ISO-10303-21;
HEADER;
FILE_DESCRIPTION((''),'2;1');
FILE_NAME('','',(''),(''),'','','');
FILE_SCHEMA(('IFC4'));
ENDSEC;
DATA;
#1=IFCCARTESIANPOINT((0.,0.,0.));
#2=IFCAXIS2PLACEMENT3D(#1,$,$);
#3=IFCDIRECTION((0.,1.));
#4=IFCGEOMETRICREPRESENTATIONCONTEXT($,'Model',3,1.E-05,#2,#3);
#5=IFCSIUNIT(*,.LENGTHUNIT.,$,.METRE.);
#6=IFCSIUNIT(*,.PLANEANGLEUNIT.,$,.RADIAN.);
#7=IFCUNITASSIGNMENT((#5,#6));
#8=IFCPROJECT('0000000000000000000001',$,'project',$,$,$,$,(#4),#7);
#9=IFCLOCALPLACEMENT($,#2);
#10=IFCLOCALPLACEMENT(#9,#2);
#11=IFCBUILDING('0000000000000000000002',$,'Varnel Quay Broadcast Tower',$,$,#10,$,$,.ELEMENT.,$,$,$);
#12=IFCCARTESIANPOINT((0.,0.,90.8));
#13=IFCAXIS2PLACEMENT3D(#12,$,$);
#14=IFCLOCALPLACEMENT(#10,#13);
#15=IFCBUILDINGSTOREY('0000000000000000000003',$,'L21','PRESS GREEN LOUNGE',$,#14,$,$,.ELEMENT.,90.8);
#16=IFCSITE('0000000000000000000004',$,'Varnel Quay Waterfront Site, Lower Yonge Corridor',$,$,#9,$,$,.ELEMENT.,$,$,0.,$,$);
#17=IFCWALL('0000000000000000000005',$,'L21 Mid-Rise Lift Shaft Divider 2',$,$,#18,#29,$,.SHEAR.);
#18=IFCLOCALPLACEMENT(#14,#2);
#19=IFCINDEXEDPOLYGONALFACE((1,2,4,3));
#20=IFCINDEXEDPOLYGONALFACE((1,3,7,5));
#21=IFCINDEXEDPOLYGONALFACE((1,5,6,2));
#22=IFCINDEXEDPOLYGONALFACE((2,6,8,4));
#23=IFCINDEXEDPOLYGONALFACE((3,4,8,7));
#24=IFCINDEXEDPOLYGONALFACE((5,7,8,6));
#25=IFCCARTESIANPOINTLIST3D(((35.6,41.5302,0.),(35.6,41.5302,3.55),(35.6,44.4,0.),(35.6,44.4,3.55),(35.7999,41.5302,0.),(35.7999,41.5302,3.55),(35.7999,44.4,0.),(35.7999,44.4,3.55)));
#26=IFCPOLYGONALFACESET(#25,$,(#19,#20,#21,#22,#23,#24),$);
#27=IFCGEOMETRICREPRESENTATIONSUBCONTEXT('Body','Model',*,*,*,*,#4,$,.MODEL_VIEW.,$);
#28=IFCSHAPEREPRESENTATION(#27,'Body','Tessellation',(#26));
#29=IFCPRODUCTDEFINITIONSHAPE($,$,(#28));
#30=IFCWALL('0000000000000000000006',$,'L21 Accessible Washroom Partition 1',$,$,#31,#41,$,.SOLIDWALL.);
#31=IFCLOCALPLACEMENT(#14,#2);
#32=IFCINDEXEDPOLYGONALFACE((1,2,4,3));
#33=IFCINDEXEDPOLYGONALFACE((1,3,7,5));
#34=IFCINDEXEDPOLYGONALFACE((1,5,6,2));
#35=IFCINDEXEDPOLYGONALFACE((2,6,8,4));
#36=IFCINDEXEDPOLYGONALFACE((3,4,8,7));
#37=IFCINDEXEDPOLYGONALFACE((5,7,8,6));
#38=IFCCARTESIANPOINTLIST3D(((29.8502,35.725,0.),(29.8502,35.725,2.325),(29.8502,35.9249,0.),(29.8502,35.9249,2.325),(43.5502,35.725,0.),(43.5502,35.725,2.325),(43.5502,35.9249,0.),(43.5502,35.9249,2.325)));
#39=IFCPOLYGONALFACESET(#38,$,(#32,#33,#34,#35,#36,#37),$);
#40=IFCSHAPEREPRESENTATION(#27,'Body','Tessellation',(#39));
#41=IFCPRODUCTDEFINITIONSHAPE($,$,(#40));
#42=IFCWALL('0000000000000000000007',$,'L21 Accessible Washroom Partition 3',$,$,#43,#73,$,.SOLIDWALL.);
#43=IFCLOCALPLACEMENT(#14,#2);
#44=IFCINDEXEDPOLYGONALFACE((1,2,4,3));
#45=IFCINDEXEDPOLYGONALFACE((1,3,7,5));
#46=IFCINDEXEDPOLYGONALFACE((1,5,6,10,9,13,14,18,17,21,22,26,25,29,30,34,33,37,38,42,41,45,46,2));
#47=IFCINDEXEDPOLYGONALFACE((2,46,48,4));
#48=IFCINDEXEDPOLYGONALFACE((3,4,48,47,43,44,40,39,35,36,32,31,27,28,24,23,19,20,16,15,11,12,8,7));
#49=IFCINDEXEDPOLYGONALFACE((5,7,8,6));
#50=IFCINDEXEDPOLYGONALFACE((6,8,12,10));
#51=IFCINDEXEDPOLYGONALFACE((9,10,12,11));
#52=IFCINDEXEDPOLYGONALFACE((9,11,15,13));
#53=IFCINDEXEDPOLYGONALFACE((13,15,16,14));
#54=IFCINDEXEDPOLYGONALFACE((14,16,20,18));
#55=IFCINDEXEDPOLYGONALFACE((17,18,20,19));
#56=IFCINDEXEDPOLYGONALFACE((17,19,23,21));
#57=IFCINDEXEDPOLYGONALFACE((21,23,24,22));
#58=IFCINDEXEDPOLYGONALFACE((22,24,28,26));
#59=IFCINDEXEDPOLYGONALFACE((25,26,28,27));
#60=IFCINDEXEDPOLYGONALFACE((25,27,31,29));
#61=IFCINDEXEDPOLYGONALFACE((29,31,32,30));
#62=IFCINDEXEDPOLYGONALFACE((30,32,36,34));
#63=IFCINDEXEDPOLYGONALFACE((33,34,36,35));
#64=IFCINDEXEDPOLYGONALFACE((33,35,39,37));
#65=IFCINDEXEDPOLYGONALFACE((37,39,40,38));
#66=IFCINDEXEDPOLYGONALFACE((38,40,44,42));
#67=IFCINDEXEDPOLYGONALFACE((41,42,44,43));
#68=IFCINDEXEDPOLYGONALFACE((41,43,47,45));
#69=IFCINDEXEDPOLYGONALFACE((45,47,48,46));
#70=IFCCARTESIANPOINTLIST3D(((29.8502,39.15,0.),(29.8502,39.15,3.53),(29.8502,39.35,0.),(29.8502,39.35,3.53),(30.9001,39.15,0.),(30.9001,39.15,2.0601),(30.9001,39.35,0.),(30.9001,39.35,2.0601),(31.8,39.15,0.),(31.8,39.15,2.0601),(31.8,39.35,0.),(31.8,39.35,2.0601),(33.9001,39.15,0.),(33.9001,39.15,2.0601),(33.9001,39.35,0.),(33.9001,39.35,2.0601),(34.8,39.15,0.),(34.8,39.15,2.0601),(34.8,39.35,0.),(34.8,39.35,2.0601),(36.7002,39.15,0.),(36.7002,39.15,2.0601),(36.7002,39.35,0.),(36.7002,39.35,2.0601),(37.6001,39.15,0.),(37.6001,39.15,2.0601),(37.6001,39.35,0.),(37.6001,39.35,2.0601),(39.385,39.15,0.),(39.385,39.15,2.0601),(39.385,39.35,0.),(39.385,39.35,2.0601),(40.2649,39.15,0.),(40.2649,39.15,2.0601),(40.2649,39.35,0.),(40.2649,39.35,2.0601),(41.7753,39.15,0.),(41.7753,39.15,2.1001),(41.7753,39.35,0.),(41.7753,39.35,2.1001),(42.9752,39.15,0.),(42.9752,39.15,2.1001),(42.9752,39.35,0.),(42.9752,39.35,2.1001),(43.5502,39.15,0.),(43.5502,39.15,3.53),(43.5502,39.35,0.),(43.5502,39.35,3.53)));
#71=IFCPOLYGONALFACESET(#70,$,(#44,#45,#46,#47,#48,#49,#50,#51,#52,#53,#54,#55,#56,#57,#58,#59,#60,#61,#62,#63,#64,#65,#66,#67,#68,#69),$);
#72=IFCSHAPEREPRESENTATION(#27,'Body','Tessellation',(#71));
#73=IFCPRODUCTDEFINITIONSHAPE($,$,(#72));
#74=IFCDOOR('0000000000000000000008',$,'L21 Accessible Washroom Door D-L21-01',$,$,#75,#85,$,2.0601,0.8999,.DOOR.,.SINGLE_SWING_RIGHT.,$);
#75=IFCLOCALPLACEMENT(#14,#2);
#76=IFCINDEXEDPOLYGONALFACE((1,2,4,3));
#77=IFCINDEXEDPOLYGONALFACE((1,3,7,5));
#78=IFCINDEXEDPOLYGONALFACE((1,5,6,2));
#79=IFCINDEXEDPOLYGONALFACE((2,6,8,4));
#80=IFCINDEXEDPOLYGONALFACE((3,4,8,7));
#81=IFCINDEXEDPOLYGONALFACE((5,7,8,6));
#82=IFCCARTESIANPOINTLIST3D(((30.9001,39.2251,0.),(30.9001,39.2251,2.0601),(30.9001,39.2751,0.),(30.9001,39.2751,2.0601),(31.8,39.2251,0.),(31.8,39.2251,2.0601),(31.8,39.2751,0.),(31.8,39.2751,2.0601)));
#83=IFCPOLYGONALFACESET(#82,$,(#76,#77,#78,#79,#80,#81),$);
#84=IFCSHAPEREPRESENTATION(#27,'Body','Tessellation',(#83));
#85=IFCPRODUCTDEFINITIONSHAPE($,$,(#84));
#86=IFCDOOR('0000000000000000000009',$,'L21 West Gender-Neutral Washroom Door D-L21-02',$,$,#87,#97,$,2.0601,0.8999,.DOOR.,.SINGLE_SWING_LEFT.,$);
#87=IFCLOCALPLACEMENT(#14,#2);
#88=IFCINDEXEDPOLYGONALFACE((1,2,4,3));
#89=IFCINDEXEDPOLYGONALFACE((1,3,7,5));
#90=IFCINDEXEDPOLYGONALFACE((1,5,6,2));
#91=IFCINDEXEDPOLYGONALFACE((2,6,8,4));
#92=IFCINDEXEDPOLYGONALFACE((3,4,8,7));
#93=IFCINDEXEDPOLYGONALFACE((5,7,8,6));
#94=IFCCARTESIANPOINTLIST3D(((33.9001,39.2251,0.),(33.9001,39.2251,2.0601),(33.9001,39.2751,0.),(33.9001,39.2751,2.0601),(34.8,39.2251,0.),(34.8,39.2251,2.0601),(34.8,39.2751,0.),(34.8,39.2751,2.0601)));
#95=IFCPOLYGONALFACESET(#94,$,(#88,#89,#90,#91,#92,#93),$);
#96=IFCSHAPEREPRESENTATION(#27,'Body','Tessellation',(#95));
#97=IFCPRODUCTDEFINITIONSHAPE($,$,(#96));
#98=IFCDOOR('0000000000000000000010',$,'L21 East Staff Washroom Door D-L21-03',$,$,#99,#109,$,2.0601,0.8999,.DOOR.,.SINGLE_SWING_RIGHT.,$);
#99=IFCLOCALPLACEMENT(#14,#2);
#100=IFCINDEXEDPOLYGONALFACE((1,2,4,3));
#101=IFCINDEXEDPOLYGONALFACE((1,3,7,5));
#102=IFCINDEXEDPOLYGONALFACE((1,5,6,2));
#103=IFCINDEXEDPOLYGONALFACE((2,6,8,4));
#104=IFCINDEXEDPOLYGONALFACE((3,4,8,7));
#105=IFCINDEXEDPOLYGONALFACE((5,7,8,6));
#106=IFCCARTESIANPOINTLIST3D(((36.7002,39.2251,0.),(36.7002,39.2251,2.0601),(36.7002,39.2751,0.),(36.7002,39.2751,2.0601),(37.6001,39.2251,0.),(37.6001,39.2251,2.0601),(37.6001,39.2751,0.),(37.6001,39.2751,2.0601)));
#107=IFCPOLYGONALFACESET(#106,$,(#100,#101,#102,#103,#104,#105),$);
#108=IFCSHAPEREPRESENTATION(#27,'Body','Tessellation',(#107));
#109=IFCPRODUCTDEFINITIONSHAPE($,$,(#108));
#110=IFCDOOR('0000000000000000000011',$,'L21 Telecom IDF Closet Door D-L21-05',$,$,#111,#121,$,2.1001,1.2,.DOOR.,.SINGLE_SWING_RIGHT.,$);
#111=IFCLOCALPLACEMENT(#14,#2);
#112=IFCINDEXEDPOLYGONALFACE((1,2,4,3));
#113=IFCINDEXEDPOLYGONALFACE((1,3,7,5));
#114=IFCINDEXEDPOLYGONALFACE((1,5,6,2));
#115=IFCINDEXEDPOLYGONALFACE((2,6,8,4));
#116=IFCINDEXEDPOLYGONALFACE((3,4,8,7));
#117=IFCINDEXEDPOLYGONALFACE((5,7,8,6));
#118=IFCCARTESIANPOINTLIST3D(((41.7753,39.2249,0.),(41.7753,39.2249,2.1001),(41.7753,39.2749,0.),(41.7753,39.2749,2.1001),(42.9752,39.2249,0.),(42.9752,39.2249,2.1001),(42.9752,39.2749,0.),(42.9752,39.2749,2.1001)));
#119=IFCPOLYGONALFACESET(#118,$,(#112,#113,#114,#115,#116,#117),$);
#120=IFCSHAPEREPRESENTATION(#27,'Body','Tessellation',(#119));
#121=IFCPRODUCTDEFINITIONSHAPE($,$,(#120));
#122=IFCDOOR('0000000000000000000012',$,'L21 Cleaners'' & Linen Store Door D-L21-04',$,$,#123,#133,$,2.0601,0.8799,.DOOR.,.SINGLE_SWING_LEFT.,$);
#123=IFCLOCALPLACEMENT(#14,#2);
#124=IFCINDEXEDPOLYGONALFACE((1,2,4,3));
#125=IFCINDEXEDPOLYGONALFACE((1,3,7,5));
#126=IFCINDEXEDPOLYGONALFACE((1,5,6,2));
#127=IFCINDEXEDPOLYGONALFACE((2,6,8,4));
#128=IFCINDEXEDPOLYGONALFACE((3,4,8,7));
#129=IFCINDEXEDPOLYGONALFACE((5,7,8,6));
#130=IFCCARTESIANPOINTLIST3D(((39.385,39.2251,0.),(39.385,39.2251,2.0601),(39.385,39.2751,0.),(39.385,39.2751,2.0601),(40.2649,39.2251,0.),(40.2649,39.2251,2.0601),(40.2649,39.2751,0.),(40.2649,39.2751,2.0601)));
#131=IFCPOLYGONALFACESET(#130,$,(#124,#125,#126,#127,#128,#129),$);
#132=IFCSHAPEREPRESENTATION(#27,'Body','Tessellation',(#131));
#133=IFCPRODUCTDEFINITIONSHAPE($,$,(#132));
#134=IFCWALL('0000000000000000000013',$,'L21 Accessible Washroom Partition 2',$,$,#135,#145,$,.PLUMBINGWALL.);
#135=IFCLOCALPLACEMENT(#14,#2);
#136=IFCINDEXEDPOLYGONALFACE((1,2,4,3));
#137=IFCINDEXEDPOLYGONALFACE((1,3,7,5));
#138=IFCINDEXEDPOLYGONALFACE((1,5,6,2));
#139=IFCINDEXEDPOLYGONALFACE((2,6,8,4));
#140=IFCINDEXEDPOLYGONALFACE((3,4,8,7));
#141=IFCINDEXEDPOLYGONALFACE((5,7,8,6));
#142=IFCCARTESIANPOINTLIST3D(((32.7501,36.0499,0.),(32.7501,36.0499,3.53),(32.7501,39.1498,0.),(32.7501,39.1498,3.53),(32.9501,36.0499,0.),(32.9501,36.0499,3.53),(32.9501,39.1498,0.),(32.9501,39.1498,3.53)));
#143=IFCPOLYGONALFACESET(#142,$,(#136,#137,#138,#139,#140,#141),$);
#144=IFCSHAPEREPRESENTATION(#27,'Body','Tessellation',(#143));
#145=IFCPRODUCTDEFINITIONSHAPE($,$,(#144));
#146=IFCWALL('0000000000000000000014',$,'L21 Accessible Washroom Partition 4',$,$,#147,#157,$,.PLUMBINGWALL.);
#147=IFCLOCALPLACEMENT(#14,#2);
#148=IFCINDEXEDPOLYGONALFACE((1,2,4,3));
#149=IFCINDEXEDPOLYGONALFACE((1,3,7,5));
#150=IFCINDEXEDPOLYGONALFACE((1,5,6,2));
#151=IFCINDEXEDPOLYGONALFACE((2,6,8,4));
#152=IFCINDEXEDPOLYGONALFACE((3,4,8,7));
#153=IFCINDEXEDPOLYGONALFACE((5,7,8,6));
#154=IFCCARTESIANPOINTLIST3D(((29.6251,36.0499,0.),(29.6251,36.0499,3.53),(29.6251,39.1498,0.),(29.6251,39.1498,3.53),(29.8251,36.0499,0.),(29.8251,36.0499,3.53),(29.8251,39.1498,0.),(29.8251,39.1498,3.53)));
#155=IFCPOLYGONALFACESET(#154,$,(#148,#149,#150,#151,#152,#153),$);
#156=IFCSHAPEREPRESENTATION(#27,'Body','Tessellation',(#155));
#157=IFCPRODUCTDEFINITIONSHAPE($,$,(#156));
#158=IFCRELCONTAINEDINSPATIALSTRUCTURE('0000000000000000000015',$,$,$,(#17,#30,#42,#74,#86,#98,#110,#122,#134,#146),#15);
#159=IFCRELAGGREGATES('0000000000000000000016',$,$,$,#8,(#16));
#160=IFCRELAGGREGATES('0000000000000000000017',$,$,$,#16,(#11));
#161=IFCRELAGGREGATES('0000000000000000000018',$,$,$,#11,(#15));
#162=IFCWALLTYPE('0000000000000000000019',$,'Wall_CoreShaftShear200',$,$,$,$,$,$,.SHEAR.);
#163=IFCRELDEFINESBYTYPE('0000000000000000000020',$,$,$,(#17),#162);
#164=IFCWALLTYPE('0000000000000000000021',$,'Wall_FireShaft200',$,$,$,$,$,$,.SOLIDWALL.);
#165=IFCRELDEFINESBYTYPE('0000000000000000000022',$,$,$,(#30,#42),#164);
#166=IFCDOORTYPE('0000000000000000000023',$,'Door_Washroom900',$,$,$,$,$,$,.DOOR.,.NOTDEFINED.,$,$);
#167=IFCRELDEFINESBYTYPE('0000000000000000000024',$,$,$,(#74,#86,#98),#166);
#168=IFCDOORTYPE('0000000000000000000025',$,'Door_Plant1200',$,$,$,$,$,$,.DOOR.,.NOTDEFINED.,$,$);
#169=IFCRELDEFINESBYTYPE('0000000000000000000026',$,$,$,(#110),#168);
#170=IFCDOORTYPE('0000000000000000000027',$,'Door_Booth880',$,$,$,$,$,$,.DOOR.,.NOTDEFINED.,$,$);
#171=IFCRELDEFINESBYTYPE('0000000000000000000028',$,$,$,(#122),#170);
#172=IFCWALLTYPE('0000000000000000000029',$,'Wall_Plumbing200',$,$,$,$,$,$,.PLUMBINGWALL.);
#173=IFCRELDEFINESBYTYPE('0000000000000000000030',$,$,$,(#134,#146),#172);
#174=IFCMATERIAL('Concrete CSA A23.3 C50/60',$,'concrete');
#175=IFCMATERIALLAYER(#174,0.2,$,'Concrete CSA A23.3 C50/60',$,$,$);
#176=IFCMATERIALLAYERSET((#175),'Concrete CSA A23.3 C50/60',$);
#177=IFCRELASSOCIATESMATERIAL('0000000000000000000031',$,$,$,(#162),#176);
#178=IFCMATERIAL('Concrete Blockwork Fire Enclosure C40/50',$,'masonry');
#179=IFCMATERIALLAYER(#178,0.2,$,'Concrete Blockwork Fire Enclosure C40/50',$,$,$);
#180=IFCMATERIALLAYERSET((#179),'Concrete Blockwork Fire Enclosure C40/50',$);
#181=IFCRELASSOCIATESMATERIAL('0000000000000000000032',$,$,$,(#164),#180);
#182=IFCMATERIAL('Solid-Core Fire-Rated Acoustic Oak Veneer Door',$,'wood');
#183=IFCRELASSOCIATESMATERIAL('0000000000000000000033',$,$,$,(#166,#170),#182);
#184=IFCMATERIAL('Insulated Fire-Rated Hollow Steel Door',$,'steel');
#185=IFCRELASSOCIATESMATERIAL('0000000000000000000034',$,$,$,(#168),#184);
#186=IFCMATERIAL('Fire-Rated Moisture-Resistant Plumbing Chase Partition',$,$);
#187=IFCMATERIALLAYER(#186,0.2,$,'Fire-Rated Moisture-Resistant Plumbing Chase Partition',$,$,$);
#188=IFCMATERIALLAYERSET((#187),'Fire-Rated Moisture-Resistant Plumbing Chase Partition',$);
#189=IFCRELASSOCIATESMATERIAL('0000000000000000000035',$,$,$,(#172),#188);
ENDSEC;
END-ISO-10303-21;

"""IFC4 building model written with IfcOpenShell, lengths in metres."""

from ifc_helpers import new_model, si_unit, direction, frame, frame_2d, origin, place, context, subcontext, project, spatial, rectangle, extrude, source, transform, mapped, material, layer, layer_set, type_object, type_shapes, element, fill, save


model = new_model("IFC4")

# Units and contexts
model_context = context("Model", 3, precision=1e-05, world=origin(), true_north=direction((0.0, 1.0)))
body_context = subcontext(model_context, "Body", "Model", "MODEL_VIEW")
ifc_project = project(units=[si_unit("LENGTHUNIT", "METRE"), si_unit("PLANEANGLEUNIT", "RADIAN")], contexts=[model_context])

# Site, building, storey
site_placement = place(None, origin())
site = spatial("IfcSite", under=ifc_project, at=site_placement, Name="Varnel Quay Waterfront Site, Lower Yonge Corridor", CompositionType="ELEMENT", RefElevation=0.0)
building_placement = place(site_placement, origin())
building = spatial("IfcBuilding", under=site, at=building_placement, Name="Varnel Quay Broadcast Tower", CompositionType="ELEMENT")
storey_placement = place(building_placement, frame((0.0, 0.0, 90.8)))
storey = spatial("IfcBuildingStorey", under=building, at=storey_placement, Name="L21", Description="PRESS GREEN LOUNGE", CompositionType="ELEMENT", Elevation=90.8)

# Walls
ifc_material_1 = material(Name="Concrete CSA A23.3 C50/60", Category="concrete")
ifc_layer_1 = layer(ifc_material_1, 0.2, Name="Concrete CSA A23.3 C50/60")
ifc_layer_set_1 = layer_set([ifc_layer_1], Name="Concrete CSA A23.3 C50/60")
wall_type_1 = type_object("IfcWallType", Name="Wall_CoreShaftShear200", PredefinedType="SHEAR", material=ifc_layer_set_1)
wall_1_placement = place(storey_placement, frame((35.7, 41.53, 0.0), z_axis=(0.0, 0.0, 1.0), x_axis=(0.0, 1.0, 0.0)))
element("IfcWall", 1, at=wall_1_placement, inside=storey, type_object=wall_type_1, Name="L21 Mid-Rise Lift Shaft Divider 2", PredefinedType="SHEAR", context=body_context, shape_type="SweptSolid", body=[
    extrude(rectangle(XDim=2.8699, YDim=0.2, at=frame_2d((1.4351, 0.0))), origin(), (0.0, 0.0, 1.0), 3.55),
])
ifc_material_2 = material(Name="Concrete Blockwork Fire Enclosure C40/50", Category="masonry")
ifc_layer_2 = layer(ifc_material_2, 0.2, Name="Concrete Blockwork Fire Enclosure C40/50")
ifc_layer_set_2 = layer_set([ifc_layer_2], Name="Concrete Blockwork Fire Enclosure C40/50")
wall_type_2 = type_object("IfcWallType", Name="Wall_FireShaft200", PredefinedType="SOLIDWALL", material=ifc_layer_set_2)
wall_2_placement = place(storey_placement, frame((29.8501, 35.825, 0.0), z_axis=(0.0, 0.0, 1.0), x_axis=(1.0, 0.0, 0.0)))
element("IfcWall", 2, at=wall_2_placement, inside=storey, type_object=wall_type_2, Name="L21 Accessible Washroom Partition 1", PredefinedType="SOLIDWALL", context=body_context, shape_type="SweptSolid", body=[
    extrude(rectangle(XDim=13.7, YDim=0.2, at=frame_2d((6.8501, 0.0))), origin(), (0.0, 0.0, 1.0), 2.325),
])

# Wall, openings, doors
wall_3_placement = place(storey_placement, frame((29.8501, 39.25, 0.0), z_axis=(0.0, 0.0, 1.0), x_axis=(1.0, 0.0, 0.0)))
wall_3 = element("IfcWall", 3, at=wall_3_placement, inside=storey, type_object=wall_type_2, Name="L21 Accessible Washroom Partition 3", PredefinedType="SOLIDWALL", context=body_context, shape_type="SweptSolid", body=[
    extrude(rectangle(XDim=13.7, YDim=0.2, at=frame_2d((6.8501, 0.0))), origin(), (0.0, 0.0, 1.0), 3.53),
])
opening_1_placement = place(wall_3_placement, frame((1.05, 0.0, 0.0)))
opening_1 = element("IfcOpeningElement", 4, at=opening_1_placement, cuts=wall_3, PredefinedType="OPENING", context=body_context, shape_type="SweptSolid", body=[
    extrude(rectangle(XDim=0.8999, YDim=2.0601, at=frame_2d((0.45, 1.03))), frame((0.0, 0.1099, 0.0), z_axis=(0.0, -1.0, 0.0), x_axis=(1.0, 0.0, 0.0)), (0.0, 0.0, 1.0), 0.22),
])
opening_2_placement = place(wall_3_placement, frame((4.05, 0.0, 0.0)))
opening_2 = element("IfcOpeningElement", 5, at=opening_2_placement, cuts=wall_3, PredefinedType="OPENING", context=body_context, shape_type="SweptSolid", body=[
    extrude(rectangle(XDim=0.8999, YDim=2.0601, at=frame_2d((0.45, 1.03))), frame((0.0, 0.1099, 0.0), z_axis=(0.0, -1.0, 0.0), x_axis=(1.0, 0.0, 0.0)), (0.0, 0.0, 1.0), 0.22),
])
opening_3_placement = place(wall_3_placement, frame((6.8501, 0.0, 0.0)))
opening_3 = element("IfcOpeningElement", 6, at=opening_3_placement, cuts=wall_3, PredefinedType="OPENING", context=body_context, shape_type="SweptSolid", body=[
    extrude(rectangle(XDim=0.8999, YDim=2.0601, at=frame_2d((0.45, 1.03))), frame((0.0, 0.1099, 0.0), z_axis=(0.0, -1.0, 0.0), x_axis=(1.0, 0.0, 0.0)), (0.0, 0.0, 1.0), 0.22),
])
opening_4_placement = place(wall_3_placement, frame((9.5349, 0.0, 0.0)))
opening_4 = element("IfcOpeningElement", 7, at=opening_4_placement, cuts=wall_3, PredefinedType="OPENING", context=body_context, shape_type="SweptSolid", body=[
    extrude(rectangle(XDim=0.8799, YDim=2.0601, at=frame_2d((0.4399, 1.03))), frame((0.0, 0.1099, 0.0), z_axis=(0.0, -1.0, 0.0), x_axis=(1.0, 0.0, 0.0)), (0.0, 0.0, 1.0), 0.22),
])
opening_5_placement = place(wall_3_placement, frame((11.925, 0.0, 0.0)))
opening_5 = element("IfcOpeningElement", 8, at=opening_5_placement, cuts=wall_3, PredefinedType="OPENING", context=body_context, shape_type="SweptSolid", body=[
    extrude(rectangle(XDim=1.2, YDim=2.1001, at=frame_2d((0.6001, 1.05))), frame((0.0, 0.1099, 0.0), z_axis=(0.0, -1.0, 0.0), x_axis=(1.0, 0.0, 0.0)), (0.0, 0.0, 1.0), 0.22),
])
ifc_material_3 = material(Name="Solid-Core Fire-Rated Acoustic Oak Veneer Door", Category="wood")
door_type_1 = type_object("IfcDoorType", Name="Door_Washroom900", OperationType="NOTDEFINED", PredefinedType="DOOR", material=ifc_material_3)
shared_shape_1 = source(origin(), body_context, "Body", "SweptSolid", [
    extrude(rectangle(XDim=0.8999, YDim=2.0601, at=frame_2d((0.45, 1.03))), frame((0.0, 0.0249, 0.0), z_axis=(0.0, -1.0, 0.0), x_axis=(1.0, 0.0, 0.0)), (0.0, 0.0, 1.0), 0.05),
])
type_shapes(door_type_1, [shared_shape_1])
door_1_placement = place(opening_1_placement, frame((0.8999, 0.0, 0.0), z_axis=(0.0, 0.0, 1.0), x_axis=(-1.0, 0.0, 0.0)))
door_1 = element("IfcDoor", 9, at=door_1_placement, inside=storey, type_object=door_type_1, Name="L21 Accessible Washroom Door D-L21-01", OperationType="SINGLE_SWING_RIGHT", OverallHeight=2.0601, OverallWidth=0.8999, PredefinedType="DOOR", context=body_context, shape_type="MappedRepresentation", body=[
    mapped(shared_shape_1, transform((0.0, 0.0, 0.0), x_axis=(1.0, 0.0, 0.0), y_axis=(0.0, 1.0, 0.0), z_axis=(0.0, 0.0, 1.0), scale=1.0)),
])
fill(opening_1, door_1)
door_2_placement = place(opening_2_placement, frame((0.8999, 0.0, 0.0), z_axis=(0.0, 0.0, 1.0), x_axis=(-1.0, 0.0, 0.0)))
door_2 = element("IfcDoor", 10, at=door_2_placement, inside=storey, type_object=door_type_1, Name="L21 West Gender-Neutral Washroom Door D-L21-02", OperationType="SINGLE_SWING_LEFT", OverallHeight=2.0601, OverallWidth=0.8999, PredefinedType="DOOR", context=body_context, shape_type="MappedRepresentation", body=[
    mapped(shared_shape_1, transform((0.0, 0.0, 0.0), x_axis=(1.0, 0.0, 0.0), y_axis=(0.0, 1.0, 0.0), z_axis=(0.0, 0.0, 1.0), scale=1.0)),
])
fill(opening_2, door_2)
door_3_placement = place(opening_3_placement, frame((0.8999, 0.0, 0.0), z_axis=(0.0, 0.0, 1.0), x_axis=(-1.0, 0.0, 0.0)))
door_3 = element("IfcDoor", 11, at=door_3_placement, inside=storey, type_object=door_type_1, Name="L21 East Staff Washroom Door D-L21-03", OperationType="SINGLE_SWING_RIGHT", OverallHeight=2.0601, OverallWidth=0.8999, PredefinedType="DOOR", context=body_context, shape_type="MappedRepresentation", body=[
    mapped(shared_shape_1, transform((0.0, 0.0, 0.0), x_axis=(1.0, 0.0, 0.0), y_axis=(0.0, 1.0, 0.0), z_axis=(0.0, 0.0, 1.0), scale=1.0)),
])
fill(opening_3, door_3)
ifc_material_4 = material(Name="Insulated Fire-Rated Hollow Steel Door", Category="steel")
door_type_2 = type_object("IfcDoorType", Name="Door_Plant1200", OperationType="NOTDEFINED", PredefinedType="DOOR", material=ifc_material_4)
shared_shape_2 = source(origin(), body_context, "Body", "SweptSolid", [
    extrude(rectangle(XDim=1.2, YDim=2.1001, at=frame_2d((0.6001, 1.05))), frame((0.0, 0.0249, 0.0), z_axis=(0.0, -1.0, 0.0), x_axis=(1.0, 0.0, 0.0)), (0.0, 0.0, 1.0), 0.05),
])
type_shapes(door_type_2, [shared_shape_2])
door_4_placement = place(opening_5_placement, origin())
door_4 = element("IfcDoor", 12, at=door_4_placement, inside=storey, type_object=door_type_2, Name="L21 Telecom IDF Closet Door D-L21-05", OperationType="SINGLE_SWING_RIGHT", OverallHeight=2.1001, OverallWidth=1.2, PredefinedType="DOOR", context=body_context, shape_type="MappedRepresentation", body=[
    mapped(shared_shape_2, transform((0.0, 0.0, 0.0), x_axis=(1.0, 0.0, 0.0), y_axis=(0.0, 1.0, 0.0), z_axis=(0.0, 0.0, 1.0), scale=1.0)),
])
fill(opening_5, door_4)
door_type_3 = type_object("IfcDoorType", Name="Door_Booth880", OperationType="NOTDEFINED", PredefinedType="DOOR", material=ifc_material_3)
shared_shape_3 = source(origin(), body_context, "Body", "SweptSolid", [
    extrude(rectangle(XDim=0.8799, YDim=2.0601, at=frame_2d((0.4399, 1.03))), frame((0.0, 0.0249, 0.0), z_axis=(0.0, -1.0, 0.0), x_axis=(1.0, 0.0, 0.0)), (0.0, 0.0, 1.0), 0.05),
])
type_shapes(door_type_3, [shared_shape_3])
door_5_placement = place(opening_4_placement, frame((0.8799, 0.0, 0.0), z_axis=(0.0, 0.0, 1.0), x_axis=(-1.0, 0.0, 0.0)))
door_5 = element("IfcDoor", 13, at=door_5_placement, inside=storey, type_object=door_type_3, Name="L21 Cleaners' & Linen Store Door D-L21-04", OperationType="SINGLE_SWING_LEFT", OverallHeight=2.0601, OverallWidth=0.8799, PredefinedType="DOOR", context=body_context, shape_type="MappedRepresentation", body=[
    mapped(shared_shape_3, transform((0.0, 0.0, 0.0), x_axis=(1.0, 0.0, 0.0), y_axis=(0.0, 1.0, 0.0), z_axis=(0.0, 0.0, 1.0), scale=1.0)),
])
fill(opening_4, door_5)

# Walls
ifc_material_5 = material(Name="Fire-Rated Moisture-Resistant Plumbing Chase Partition")
ifc_layer_3 = layer(ifc_material_5, 0.2, Name="Fire-Rated Moisture-Resistant Plumbing Chase Partition")
ifc_layer_set_3 = layer_set([ifc_layer_3], Name="Fire-Rated Moisture-Resistant Plumbing Chase Partition")
wall_type_3 = type_object("IfcWallType", Name="Wall_Plumbing200", PredefinedType="PLUMBINGWALL", material=ifc_layer_set_3)
for number, where, z_axis, x_axis, name in (
    (14, (32.8501, 36.05, 0.0), (0.0, 0.0, 1.0), (0.0, 1.0, 0.0), "L21 Accessible Washroom Partition 2"),
    (15, (29.7251, 36.05, 0.0), (0.0, 0.0, 1.0), (0.0, 1.0, 0.0), "L21 Accessible Washroom Partition 4"),
):
    element("IfcWall", number, at=place(storey_placement, frame(where, z_axis=z_axis, x_axis=x_axis)), inside=storey, type_object=wall_type_3, Name=name, PredefinedType="PLUMBINGWALL", context=body_context, shape_type="SweptSolid", body=[
        extrude(rectangle(XDim=3.0999, YDim=0.2, at=frame_2d((1.5498, 0.0))), origin(), (0.0, 0.0, 1.0), 3.53),
    ])

save(model, "model.ifc")
